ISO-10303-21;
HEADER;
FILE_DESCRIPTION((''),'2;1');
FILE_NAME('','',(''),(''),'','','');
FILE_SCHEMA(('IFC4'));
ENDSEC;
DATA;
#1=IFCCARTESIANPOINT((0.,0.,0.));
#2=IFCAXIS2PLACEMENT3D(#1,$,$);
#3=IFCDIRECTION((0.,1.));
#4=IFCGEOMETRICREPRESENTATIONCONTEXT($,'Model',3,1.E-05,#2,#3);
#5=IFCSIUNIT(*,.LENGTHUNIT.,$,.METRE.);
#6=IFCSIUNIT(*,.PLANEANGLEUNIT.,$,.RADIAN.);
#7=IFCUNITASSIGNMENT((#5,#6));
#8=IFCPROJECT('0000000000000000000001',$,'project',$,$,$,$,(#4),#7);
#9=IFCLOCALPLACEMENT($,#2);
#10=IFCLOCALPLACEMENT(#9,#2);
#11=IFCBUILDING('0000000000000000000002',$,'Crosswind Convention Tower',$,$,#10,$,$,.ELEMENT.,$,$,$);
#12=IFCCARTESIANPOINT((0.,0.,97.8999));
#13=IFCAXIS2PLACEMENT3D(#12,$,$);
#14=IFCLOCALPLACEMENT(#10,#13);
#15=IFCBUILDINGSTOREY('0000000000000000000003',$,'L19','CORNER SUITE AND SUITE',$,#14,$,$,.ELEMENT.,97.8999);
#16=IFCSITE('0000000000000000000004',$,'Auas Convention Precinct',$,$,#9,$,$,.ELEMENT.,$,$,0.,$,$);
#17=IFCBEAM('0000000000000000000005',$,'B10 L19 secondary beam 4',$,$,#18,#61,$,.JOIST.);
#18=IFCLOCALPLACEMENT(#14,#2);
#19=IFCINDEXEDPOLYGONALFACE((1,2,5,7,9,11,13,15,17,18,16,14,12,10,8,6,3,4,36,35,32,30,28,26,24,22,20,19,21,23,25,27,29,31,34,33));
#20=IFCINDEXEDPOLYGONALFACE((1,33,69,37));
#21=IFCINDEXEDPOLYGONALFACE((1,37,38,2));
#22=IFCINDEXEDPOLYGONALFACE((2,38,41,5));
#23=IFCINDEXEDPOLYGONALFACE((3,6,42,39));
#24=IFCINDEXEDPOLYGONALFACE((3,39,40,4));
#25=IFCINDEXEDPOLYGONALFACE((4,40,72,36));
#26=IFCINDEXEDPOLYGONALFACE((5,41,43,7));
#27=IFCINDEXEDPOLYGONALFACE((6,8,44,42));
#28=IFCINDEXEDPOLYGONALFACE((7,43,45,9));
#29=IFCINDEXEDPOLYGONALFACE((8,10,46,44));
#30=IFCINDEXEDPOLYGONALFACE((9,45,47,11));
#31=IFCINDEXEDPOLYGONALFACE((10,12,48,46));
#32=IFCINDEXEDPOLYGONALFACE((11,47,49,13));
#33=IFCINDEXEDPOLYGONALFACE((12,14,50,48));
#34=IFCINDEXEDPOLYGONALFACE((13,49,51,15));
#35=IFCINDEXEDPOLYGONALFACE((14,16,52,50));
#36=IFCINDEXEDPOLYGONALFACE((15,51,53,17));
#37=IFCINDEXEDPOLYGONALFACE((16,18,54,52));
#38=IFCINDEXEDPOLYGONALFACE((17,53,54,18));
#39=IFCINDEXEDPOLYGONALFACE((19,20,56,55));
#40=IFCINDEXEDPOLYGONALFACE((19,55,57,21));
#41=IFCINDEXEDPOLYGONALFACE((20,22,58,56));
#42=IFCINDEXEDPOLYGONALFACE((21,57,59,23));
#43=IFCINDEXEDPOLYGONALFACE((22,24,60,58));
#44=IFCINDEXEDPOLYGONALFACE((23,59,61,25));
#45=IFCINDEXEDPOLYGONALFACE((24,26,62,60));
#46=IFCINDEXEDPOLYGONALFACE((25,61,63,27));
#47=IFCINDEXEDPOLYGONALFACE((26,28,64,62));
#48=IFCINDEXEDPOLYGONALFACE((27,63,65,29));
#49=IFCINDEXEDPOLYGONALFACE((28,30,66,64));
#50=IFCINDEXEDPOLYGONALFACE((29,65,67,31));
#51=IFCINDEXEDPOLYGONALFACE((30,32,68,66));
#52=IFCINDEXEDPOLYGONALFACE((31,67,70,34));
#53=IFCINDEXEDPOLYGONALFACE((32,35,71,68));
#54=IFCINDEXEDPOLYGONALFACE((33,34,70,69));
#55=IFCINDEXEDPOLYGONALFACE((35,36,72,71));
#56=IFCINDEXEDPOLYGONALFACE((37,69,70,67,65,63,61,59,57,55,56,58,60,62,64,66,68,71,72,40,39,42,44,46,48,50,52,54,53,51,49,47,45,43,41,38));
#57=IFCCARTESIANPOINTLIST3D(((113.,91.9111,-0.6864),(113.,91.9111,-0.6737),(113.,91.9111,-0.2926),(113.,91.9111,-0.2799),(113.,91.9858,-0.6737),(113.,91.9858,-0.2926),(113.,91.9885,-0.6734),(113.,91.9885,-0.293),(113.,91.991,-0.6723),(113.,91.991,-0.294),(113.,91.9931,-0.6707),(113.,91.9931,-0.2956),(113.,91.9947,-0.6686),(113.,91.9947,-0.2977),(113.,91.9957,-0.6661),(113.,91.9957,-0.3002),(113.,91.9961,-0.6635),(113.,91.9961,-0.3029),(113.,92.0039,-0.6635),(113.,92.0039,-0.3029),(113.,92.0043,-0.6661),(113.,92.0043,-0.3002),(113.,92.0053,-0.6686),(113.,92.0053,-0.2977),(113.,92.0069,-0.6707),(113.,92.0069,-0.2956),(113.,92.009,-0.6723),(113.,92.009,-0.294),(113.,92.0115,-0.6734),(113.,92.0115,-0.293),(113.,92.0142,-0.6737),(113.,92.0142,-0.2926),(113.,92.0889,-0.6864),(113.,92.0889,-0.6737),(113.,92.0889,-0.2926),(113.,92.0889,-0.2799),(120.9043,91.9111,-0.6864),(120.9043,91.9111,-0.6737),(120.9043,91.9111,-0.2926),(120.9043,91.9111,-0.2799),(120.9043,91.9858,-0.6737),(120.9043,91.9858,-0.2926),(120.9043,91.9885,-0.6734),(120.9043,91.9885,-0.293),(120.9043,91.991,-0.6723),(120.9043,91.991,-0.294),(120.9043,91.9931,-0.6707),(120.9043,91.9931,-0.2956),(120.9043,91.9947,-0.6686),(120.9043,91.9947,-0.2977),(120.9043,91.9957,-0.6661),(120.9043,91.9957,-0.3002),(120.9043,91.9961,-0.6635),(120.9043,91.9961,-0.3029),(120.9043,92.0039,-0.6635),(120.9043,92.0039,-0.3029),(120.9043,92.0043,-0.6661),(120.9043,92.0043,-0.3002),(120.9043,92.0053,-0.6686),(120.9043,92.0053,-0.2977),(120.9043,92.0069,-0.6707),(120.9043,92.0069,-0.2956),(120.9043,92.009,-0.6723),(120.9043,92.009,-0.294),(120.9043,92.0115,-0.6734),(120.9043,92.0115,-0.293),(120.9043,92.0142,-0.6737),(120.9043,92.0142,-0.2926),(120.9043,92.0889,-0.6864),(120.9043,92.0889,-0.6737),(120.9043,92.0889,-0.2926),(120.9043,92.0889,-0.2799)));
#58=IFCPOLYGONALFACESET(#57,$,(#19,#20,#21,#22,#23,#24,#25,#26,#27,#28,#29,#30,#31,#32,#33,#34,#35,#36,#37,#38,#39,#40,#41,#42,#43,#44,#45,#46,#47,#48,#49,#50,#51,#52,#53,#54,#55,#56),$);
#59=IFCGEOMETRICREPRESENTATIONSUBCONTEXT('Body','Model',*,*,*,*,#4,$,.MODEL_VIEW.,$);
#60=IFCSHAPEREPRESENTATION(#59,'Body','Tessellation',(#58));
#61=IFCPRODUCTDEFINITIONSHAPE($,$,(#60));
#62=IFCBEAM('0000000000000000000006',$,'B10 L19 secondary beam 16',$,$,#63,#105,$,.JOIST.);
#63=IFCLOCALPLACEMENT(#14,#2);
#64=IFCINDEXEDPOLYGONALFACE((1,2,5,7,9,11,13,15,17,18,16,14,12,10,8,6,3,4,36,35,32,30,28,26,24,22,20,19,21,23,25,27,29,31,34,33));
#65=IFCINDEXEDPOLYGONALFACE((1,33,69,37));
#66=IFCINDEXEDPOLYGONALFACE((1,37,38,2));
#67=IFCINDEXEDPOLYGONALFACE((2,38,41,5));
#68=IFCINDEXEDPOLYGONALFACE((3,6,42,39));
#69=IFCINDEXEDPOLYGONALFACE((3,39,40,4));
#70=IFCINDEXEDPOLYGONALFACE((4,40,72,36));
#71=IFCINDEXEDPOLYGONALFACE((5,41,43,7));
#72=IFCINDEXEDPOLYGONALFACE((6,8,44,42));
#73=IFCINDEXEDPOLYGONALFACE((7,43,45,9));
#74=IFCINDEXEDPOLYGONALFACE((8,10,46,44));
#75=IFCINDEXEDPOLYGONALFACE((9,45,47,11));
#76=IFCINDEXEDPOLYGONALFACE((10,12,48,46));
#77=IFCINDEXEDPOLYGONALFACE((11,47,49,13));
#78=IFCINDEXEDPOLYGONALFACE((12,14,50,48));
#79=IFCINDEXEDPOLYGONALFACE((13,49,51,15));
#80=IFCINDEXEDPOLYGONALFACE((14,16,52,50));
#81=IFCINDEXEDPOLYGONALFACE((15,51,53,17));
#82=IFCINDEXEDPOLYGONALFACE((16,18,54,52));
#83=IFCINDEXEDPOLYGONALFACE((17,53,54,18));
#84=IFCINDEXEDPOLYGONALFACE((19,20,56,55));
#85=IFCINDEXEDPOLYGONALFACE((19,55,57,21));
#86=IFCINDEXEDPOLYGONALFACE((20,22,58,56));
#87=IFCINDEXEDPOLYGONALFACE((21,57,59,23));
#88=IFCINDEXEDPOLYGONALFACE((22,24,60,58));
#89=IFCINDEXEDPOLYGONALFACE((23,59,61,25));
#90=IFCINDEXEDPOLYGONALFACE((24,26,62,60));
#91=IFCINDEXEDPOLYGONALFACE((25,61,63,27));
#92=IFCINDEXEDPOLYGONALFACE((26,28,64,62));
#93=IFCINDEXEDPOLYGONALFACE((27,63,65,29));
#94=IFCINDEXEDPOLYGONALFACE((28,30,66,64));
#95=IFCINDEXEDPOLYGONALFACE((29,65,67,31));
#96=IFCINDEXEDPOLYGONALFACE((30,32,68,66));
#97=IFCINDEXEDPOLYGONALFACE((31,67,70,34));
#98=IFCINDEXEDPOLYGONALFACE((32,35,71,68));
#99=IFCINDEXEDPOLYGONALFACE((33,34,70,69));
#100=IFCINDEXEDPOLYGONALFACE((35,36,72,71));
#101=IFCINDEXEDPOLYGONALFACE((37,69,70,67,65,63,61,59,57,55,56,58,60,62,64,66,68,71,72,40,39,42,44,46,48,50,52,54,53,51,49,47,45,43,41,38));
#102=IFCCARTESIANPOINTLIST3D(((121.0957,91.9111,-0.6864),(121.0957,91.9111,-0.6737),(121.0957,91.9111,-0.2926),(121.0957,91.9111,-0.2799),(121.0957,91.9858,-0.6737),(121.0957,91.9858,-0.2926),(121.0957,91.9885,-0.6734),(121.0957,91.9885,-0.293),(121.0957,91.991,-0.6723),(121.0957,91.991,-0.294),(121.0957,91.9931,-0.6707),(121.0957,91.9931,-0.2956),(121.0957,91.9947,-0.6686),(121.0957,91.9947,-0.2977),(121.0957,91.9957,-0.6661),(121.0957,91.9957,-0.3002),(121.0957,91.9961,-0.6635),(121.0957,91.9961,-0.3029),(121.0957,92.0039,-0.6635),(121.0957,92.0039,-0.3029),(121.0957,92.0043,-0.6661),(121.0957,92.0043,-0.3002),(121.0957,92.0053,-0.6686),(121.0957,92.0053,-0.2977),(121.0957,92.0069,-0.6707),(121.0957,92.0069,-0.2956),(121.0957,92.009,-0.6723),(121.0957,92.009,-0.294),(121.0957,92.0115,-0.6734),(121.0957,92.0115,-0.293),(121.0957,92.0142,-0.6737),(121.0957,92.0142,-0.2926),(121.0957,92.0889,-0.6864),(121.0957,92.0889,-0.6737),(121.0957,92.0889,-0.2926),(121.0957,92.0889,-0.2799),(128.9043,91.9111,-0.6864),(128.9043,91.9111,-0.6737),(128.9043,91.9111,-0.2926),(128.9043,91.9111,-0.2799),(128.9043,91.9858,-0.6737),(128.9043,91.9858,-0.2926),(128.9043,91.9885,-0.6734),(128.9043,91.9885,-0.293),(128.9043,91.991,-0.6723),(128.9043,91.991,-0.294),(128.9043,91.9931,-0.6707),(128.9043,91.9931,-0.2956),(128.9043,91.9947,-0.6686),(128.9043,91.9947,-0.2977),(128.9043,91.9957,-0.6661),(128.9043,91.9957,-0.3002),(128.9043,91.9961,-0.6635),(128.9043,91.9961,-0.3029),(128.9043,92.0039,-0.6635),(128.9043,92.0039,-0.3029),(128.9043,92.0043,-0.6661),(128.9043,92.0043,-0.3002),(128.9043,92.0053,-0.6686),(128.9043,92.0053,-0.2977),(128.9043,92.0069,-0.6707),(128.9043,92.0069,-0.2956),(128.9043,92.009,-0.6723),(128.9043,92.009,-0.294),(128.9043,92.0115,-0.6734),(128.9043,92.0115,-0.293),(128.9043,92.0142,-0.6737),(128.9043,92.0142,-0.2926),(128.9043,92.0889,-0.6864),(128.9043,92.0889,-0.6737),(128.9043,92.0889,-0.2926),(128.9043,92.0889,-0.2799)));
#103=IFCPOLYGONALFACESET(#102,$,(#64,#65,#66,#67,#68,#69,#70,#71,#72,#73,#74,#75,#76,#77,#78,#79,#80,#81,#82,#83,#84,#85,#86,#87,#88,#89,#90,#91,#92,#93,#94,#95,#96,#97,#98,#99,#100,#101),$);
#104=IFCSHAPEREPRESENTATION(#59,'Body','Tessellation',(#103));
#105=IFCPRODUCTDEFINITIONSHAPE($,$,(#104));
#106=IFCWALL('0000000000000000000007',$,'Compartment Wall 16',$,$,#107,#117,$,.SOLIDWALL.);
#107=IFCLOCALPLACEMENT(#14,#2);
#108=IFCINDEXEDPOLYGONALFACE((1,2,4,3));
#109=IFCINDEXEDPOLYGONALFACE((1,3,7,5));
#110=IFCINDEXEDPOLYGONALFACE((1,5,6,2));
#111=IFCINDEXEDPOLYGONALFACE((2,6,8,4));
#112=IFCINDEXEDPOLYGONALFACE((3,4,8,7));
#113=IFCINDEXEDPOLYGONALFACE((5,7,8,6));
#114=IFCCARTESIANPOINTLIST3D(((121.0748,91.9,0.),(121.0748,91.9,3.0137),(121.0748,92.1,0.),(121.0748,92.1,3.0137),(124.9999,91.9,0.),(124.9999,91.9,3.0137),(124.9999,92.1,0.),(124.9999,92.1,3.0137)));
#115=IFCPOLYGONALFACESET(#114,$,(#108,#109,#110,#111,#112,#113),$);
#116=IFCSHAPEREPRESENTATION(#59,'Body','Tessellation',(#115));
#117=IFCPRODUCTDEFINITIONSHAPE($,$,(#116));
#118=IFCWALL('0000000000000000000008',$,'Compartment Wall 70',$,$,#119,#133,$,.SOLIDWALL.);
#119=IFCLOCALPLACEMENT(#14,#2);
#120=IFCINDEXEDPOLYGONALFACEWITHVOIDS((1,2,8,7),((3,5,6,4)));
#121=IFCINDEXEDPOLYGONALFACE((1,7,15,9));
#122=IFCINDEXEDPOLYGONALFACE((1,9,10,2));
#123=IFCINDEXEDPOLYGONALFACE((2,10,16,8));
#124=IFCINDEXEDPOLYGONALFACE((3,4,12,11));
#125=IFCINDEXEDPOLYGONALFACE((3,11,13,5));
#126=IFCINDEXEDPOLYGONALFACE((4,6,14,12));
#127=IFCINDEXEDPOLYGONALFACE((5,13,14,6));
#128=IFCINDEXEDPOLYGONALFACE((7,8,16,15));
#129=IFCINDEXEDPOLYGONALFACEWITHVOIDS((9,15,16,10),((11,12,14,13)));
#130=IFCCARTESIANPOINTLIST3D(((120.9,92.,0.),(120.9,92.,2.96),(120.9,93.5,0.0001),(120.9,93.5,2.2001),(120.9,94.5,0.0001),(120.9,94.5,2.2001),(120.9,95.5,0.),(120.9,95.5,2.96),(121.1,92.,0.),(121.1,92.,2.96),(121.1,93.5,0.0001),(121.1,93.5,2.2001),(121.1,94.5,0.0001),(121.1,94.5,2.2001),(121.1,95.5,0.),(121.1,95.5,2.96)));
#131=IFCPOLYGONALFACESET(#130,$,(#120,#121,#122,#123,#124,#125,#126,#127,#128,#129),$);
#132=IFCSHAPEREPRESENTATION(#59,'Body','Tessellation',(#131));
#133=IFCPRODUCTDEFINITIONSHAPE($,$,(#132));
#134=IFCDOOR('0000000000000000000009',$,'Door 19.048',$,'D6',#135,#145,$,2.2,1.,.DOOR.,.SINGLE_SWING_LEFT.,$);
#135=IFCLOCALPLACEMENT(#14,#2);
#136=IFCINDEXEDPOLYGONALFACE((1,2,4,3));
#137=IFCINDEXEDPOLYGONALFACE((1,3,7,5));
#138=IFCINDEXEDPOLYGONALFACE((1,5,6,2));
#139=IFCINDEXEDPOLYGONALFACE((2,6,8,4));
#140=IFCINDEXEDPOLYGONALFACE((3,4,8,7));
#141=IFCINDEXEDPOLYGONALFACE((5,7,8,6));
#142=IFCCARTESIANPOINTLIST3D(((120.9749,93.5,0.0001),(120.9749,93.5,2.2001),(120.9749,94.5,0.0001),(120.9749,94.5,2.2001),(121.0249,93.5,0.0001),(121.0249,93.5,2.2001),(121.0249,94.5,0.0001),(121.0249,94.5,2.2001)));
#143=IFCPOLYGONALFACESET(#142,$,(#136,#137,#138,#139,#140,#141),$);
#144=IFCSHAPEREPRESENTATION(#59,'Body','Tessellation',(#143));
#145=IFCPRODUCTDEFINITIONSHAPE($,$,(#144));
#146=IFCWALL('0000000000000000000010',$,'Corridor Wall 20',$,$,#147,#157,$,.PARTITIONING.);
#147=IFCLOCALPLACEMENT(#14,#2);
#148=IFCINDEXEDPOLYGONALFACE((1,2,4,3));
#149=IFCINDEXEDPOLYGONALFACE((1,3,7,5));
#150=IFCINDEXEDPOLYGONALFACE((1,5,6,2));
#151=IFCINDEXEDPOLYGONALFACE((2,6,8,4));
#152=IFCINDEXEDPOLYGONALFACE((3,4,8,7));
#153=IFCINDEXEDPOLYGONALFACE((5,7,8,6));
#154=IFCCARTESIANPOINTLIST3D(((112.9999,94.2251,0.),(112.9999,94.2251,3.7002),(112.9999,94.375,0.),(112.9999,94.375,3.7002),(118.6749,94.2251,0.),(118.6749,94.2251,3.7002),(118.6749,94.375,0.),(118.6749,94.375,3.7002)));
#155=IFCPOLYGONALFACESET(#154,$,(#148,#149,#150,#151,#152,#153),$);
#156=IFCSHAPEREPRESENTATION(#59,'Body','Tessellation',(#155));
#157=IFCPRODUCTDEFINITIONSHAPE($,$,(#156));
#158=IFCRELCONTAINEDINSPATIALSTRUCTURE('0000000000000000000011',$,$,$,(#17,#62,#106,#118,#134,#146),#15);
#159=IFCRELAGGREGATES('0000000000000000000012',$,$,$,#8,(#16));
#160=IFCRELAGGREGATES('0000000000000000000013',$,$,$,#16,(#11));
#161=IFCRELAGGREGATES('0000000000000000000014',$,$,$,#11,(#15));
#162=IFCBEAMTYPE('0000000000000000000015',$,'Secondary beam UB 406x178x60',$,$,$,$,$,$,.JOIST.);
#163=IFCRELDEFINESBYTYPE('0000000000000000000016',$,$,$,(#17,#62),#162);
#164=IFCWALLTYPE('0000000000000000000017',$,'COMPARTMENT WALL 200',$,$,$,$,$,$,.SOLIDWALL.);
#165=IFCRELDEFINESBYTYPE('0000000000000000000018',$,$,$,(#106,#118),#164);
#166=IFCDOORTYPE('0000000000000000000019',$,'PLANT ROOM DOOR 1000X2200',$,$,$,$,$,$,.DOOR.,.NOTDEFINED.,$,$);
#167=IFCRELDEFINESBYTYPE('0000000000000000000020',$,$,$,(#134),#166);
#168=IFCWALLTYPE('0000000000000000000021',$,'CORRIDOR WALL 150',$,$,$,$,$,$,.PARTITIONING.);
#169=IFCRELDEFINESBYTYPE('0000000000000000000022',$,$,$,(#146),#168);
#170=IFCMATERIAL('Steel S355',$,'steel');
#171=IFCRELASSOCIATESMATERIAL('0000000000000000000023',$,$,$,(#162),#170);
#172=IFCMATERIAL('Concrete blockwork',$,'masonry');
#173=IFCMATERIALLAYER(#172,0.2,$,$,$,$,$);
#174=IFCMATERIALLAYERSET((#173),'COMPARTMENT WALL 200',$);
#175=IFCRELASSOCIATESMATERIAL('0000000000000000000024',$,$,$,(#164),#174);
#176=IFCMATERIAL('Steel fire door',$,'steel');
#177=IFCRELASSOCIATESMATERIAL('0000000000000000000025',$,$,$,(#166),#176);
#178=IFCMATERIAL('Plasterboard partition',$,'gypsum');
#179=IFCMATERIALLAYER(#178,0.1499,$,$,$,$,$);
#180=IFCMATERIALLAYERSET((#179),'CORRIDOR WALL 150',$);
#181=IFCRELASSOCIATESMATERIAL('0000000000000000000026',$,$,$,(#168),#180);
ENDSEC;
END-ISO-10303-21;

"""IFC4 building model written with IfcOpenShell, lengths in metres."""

from ifc_helpers import new_model, si_unit, direction, frame, frame_2d, origin, origin_2d, place, context, subcontext, project, spatial, rectangle, i_section, extrude, material, layer, layer_set, material_profile, profile_set, type_object, element, fill, save


model = new_model("IFC4")

# Units and contexts
model_context = context("Model", 3, precision=1e-05, world=origin(), true_north=direction((0.0, 1.0)))
body_context = subcontext(model_context, "Body", "Model", "MODEL_VIEW")
ifc_project = project(units=[si_unit("LENGTHUNIT", "METRE"), si_unit("PLANEANGLEUNIT", "RADIAN")], contexts=[model_context])

# Site, building, storey
site_placement = place(None, origin())
site = spatial("IfcSite", under=ifc_project, at=site_placement, Name="Auas Convention Precinct", CompositionType="ELEMENT", RefElevation=0.0)
building_placement = place(site_placement, origin())
building = spatial("IfcBuilding", under=site, at=building_placement, Name="Crosswind Convention Tower", CompositionType="ELEMENT")
storey_placement = place(building_placement, frame((0.0, 0.0, 97.8999)))
storey = spatial("IfcBuildingStorey", under=building, at=storey_placement, Name="L19", Description="CORNER SUITE AND SUITE", CompositionType="ELEMENT", Elevation=97.8999)

# Beams
ifc_material_1 = material(Name="Steel S355", Category="steel")
ifc_material_profile_1 = material_profile(ifc_material_1, i_section(OverallWidth=0.1777, OverallDepth=0.4065, WebThickness=0.0078, FlangeThickness=0.0127, FilletRadius=0.0103, at=origin_2d()), Name="UB 406x178x60")
ifc_profile_set_1 = profile_set([ifc_material_profile_1], Name="Steel S355")
beam_type_1 = type_object("IfcBeamType", Name="Secondary beam UB 406x178x60", PredefinedType="JOIST", material=ifc_profile_set_1)
beam_1_placement = place(storey_placement, frame((113.0, 92.0, -0.4832), z_axis=(1.0, 0.0, 0.0), x_axis=(0.0, 1.0, 0.0)))
element("IfcBeam", 1, at=beam_1_placement, inside=storey, type_object=beam_type_1, Name="B10 L19 secondary beam 4", PredefinedType="JOIST", context=body_context, shape_type="SweptSolid", body=[
    extrude(i_section(OverallWidth=0.1777, OverallDepth=0.4065, WebThickness=0.0078, FlangeThickness=0.0127, FilletRadius=0.0103, at=origin_2d()), origin(), (0.0, 0.0, 1.0), 7.9043),
])
beam_2_placement = place(storey_placement, frame((121.0957, 92.0, -0.4832), z_axis=(1.0, 0.0, 0.0), x_axis=(0.0, 1.0, 0.0)))
element("IfcBeam", 2, at=beam_2_placement, inside=storey, type_object=beam_type_1, Name="B10 L19 secondary beam 16", PredefinedType="JOIST", context=body_context, shape_type="SweptSolid", body=[
    extrude(i_section(OverallWidth=0.1777, OverallDepth=0.4065, WebThickness=0.0078, FlangeThickness=0.0127, FilletRadius=0.0103, at=origin_2d()), origin(), (0.0, 0.0, 1.0), 7.8086),
])

# Wall
ifc_material_2 = material(Name="Concrete blockwork", Category="masonry")
ifc_layer_1 = layer(ifc_material_2, 0.2)
ifc_layer_set_1 = layer_set([ifc_layer_1], Name="COMPARTMENT WALL 200")
wall_type_1 = type_object("IfcWallType", Name="COMPARTMENT WALL 200", PredefinedType="SOLIDWALL", material=ifc_layer_set_1)
wall_1_placement = place(storey_placement, frame((121.075, 92.0, 0.0), z_axis=(0.0, 0.0, 1.0), x_axis=(1.0, 0.0, 0.0)))
element("IfcWall", 3, at=wall_1_placement, inside=storey, type_object=wall_type_1, Name="Compartment Wall 16", PredefinedType="SOLIDWALL", context=body_context, shape_type="SweptSolid", body=[
    extrude(rectangle(XDim=3.925, YDim=0.2, at=frame_2d((1.9624, 0.0))), origin(), (0.0, 0.0, 1.0), 3.0137),
])

# Wall, opening, door
wall_2_placement = place(storey_placement, frame((121.0, 92.0, 0.0), z_axis=(0.0, 0.0, 1.0), x_axis=(0.0, 1.0, 0.0)))
wall_2 = element("IfcWall", 4, at=wall_2_placement, inside=storey, type_object=wall_type_1, Name="Compartment Wall 70", PredefinedType="SOLIDWALL", context=body_context, shape_type="SweptSolid", body=[
    extrude(rectangle(XDim=3.5, YDim=0.2, at=frame_2d((1.75, 0.0))), origin(), (0.0, 0.0, 1.0), 2.96),
])
opening_1_placement = place(wall_2_placement, frame((1.5, 0.0, 0.0)))
opening_1 = element("IfcOpeningElement", 5, at=opening_1_placement, cuts=wall_2, PredefinedType="OPENING", context=body_context, shape_type="SweptSolid", body=[
    extrude(rectangle(XDim=1.0, YDim=2.2, at=frame_2d((0.5, 1.1001))), frame((0.0, 0.1099, 0.0), z_axis=(0.0, -1.0, 0.0), x_axis=(1.0, 0.0, 0.0)), (0.0, 0.0, 1.0), 0.22),
])
ifc_material_3 = material(Name="Steel fire door", Category="steel")
door_type_1 = type_object("IfcDoorType", Name="PLANT ROOM DOOR 1000X2200", OperationType="NOTDEFINED", PredefinedType="DOOR", material=ifc_material_3)
door_1_placement = place(opening_1_placement, frame((1.0, 0.0, 0.0), z_axis=(0.0, 0.0, 1.0), x_axis=(-1.0, 0.0, 0.0)))
door_1 = element("IfcDoor", 6, at=door_1_placement, inside=storey, type_object=door_type_1, Name="Door 19.048", ObjectType="D6", OperationType="SINGLE_SWING_LEFT", OverallHeight=2.2, OverallWidth=1.0, PredefinedType="DOOR", context=body_context, shape_type="SweptSolid", body=[
    extrude(rectangle(XDim=1.0, YDim=2.2, at=frame_2d((0.5, 1.1001))), frame((0.0, 0.0249, 0.0), z_axis=(0.0, -1.0, 0.0), x_axis=(1.0, 0.0, 0.0)), (0.0, 0.0, 1.0), 0.05),
])
fill(opening_1, door_1)

# Wall
ifc_material_4 = material(Name="Plasterboard partition", Category="gypsum")
ifc_layer_2 = layer(ifc_material_4, 0.1499)
ifc_layer_set_2 = layer_set([ifc_layer_2], Name="CORRIDOR WALL 150")
wall_type_2 = type_object("IfcWallType", Name="CORRIDOR WALL 150", PredefinedType="PARTITIONING", material=ifc_layer_set_2)
wall_3_placement = place(storey_placement, frame((113.0, 94.3, 0.0), z_axis=(0.0, 0.0, 1.0), x_axis=(1.0, 0.0, 0.0)))
element("IfcWall", 7, at=wall_3_placement, inside=storey, type_object=wall_type_2, Name="Corridor Wall 20", PredefinedType="PARTITIONING", context=body_context, shape_type="SweptSolid", body=[
    extrude(rectangle(XDim=5.675, YDim=0.1499, at=frame_2d((2.8374, 0.0))), origin(), (0.0, 0.0, 1.0), 3.7002),
])

save(model, "model.ifc")
